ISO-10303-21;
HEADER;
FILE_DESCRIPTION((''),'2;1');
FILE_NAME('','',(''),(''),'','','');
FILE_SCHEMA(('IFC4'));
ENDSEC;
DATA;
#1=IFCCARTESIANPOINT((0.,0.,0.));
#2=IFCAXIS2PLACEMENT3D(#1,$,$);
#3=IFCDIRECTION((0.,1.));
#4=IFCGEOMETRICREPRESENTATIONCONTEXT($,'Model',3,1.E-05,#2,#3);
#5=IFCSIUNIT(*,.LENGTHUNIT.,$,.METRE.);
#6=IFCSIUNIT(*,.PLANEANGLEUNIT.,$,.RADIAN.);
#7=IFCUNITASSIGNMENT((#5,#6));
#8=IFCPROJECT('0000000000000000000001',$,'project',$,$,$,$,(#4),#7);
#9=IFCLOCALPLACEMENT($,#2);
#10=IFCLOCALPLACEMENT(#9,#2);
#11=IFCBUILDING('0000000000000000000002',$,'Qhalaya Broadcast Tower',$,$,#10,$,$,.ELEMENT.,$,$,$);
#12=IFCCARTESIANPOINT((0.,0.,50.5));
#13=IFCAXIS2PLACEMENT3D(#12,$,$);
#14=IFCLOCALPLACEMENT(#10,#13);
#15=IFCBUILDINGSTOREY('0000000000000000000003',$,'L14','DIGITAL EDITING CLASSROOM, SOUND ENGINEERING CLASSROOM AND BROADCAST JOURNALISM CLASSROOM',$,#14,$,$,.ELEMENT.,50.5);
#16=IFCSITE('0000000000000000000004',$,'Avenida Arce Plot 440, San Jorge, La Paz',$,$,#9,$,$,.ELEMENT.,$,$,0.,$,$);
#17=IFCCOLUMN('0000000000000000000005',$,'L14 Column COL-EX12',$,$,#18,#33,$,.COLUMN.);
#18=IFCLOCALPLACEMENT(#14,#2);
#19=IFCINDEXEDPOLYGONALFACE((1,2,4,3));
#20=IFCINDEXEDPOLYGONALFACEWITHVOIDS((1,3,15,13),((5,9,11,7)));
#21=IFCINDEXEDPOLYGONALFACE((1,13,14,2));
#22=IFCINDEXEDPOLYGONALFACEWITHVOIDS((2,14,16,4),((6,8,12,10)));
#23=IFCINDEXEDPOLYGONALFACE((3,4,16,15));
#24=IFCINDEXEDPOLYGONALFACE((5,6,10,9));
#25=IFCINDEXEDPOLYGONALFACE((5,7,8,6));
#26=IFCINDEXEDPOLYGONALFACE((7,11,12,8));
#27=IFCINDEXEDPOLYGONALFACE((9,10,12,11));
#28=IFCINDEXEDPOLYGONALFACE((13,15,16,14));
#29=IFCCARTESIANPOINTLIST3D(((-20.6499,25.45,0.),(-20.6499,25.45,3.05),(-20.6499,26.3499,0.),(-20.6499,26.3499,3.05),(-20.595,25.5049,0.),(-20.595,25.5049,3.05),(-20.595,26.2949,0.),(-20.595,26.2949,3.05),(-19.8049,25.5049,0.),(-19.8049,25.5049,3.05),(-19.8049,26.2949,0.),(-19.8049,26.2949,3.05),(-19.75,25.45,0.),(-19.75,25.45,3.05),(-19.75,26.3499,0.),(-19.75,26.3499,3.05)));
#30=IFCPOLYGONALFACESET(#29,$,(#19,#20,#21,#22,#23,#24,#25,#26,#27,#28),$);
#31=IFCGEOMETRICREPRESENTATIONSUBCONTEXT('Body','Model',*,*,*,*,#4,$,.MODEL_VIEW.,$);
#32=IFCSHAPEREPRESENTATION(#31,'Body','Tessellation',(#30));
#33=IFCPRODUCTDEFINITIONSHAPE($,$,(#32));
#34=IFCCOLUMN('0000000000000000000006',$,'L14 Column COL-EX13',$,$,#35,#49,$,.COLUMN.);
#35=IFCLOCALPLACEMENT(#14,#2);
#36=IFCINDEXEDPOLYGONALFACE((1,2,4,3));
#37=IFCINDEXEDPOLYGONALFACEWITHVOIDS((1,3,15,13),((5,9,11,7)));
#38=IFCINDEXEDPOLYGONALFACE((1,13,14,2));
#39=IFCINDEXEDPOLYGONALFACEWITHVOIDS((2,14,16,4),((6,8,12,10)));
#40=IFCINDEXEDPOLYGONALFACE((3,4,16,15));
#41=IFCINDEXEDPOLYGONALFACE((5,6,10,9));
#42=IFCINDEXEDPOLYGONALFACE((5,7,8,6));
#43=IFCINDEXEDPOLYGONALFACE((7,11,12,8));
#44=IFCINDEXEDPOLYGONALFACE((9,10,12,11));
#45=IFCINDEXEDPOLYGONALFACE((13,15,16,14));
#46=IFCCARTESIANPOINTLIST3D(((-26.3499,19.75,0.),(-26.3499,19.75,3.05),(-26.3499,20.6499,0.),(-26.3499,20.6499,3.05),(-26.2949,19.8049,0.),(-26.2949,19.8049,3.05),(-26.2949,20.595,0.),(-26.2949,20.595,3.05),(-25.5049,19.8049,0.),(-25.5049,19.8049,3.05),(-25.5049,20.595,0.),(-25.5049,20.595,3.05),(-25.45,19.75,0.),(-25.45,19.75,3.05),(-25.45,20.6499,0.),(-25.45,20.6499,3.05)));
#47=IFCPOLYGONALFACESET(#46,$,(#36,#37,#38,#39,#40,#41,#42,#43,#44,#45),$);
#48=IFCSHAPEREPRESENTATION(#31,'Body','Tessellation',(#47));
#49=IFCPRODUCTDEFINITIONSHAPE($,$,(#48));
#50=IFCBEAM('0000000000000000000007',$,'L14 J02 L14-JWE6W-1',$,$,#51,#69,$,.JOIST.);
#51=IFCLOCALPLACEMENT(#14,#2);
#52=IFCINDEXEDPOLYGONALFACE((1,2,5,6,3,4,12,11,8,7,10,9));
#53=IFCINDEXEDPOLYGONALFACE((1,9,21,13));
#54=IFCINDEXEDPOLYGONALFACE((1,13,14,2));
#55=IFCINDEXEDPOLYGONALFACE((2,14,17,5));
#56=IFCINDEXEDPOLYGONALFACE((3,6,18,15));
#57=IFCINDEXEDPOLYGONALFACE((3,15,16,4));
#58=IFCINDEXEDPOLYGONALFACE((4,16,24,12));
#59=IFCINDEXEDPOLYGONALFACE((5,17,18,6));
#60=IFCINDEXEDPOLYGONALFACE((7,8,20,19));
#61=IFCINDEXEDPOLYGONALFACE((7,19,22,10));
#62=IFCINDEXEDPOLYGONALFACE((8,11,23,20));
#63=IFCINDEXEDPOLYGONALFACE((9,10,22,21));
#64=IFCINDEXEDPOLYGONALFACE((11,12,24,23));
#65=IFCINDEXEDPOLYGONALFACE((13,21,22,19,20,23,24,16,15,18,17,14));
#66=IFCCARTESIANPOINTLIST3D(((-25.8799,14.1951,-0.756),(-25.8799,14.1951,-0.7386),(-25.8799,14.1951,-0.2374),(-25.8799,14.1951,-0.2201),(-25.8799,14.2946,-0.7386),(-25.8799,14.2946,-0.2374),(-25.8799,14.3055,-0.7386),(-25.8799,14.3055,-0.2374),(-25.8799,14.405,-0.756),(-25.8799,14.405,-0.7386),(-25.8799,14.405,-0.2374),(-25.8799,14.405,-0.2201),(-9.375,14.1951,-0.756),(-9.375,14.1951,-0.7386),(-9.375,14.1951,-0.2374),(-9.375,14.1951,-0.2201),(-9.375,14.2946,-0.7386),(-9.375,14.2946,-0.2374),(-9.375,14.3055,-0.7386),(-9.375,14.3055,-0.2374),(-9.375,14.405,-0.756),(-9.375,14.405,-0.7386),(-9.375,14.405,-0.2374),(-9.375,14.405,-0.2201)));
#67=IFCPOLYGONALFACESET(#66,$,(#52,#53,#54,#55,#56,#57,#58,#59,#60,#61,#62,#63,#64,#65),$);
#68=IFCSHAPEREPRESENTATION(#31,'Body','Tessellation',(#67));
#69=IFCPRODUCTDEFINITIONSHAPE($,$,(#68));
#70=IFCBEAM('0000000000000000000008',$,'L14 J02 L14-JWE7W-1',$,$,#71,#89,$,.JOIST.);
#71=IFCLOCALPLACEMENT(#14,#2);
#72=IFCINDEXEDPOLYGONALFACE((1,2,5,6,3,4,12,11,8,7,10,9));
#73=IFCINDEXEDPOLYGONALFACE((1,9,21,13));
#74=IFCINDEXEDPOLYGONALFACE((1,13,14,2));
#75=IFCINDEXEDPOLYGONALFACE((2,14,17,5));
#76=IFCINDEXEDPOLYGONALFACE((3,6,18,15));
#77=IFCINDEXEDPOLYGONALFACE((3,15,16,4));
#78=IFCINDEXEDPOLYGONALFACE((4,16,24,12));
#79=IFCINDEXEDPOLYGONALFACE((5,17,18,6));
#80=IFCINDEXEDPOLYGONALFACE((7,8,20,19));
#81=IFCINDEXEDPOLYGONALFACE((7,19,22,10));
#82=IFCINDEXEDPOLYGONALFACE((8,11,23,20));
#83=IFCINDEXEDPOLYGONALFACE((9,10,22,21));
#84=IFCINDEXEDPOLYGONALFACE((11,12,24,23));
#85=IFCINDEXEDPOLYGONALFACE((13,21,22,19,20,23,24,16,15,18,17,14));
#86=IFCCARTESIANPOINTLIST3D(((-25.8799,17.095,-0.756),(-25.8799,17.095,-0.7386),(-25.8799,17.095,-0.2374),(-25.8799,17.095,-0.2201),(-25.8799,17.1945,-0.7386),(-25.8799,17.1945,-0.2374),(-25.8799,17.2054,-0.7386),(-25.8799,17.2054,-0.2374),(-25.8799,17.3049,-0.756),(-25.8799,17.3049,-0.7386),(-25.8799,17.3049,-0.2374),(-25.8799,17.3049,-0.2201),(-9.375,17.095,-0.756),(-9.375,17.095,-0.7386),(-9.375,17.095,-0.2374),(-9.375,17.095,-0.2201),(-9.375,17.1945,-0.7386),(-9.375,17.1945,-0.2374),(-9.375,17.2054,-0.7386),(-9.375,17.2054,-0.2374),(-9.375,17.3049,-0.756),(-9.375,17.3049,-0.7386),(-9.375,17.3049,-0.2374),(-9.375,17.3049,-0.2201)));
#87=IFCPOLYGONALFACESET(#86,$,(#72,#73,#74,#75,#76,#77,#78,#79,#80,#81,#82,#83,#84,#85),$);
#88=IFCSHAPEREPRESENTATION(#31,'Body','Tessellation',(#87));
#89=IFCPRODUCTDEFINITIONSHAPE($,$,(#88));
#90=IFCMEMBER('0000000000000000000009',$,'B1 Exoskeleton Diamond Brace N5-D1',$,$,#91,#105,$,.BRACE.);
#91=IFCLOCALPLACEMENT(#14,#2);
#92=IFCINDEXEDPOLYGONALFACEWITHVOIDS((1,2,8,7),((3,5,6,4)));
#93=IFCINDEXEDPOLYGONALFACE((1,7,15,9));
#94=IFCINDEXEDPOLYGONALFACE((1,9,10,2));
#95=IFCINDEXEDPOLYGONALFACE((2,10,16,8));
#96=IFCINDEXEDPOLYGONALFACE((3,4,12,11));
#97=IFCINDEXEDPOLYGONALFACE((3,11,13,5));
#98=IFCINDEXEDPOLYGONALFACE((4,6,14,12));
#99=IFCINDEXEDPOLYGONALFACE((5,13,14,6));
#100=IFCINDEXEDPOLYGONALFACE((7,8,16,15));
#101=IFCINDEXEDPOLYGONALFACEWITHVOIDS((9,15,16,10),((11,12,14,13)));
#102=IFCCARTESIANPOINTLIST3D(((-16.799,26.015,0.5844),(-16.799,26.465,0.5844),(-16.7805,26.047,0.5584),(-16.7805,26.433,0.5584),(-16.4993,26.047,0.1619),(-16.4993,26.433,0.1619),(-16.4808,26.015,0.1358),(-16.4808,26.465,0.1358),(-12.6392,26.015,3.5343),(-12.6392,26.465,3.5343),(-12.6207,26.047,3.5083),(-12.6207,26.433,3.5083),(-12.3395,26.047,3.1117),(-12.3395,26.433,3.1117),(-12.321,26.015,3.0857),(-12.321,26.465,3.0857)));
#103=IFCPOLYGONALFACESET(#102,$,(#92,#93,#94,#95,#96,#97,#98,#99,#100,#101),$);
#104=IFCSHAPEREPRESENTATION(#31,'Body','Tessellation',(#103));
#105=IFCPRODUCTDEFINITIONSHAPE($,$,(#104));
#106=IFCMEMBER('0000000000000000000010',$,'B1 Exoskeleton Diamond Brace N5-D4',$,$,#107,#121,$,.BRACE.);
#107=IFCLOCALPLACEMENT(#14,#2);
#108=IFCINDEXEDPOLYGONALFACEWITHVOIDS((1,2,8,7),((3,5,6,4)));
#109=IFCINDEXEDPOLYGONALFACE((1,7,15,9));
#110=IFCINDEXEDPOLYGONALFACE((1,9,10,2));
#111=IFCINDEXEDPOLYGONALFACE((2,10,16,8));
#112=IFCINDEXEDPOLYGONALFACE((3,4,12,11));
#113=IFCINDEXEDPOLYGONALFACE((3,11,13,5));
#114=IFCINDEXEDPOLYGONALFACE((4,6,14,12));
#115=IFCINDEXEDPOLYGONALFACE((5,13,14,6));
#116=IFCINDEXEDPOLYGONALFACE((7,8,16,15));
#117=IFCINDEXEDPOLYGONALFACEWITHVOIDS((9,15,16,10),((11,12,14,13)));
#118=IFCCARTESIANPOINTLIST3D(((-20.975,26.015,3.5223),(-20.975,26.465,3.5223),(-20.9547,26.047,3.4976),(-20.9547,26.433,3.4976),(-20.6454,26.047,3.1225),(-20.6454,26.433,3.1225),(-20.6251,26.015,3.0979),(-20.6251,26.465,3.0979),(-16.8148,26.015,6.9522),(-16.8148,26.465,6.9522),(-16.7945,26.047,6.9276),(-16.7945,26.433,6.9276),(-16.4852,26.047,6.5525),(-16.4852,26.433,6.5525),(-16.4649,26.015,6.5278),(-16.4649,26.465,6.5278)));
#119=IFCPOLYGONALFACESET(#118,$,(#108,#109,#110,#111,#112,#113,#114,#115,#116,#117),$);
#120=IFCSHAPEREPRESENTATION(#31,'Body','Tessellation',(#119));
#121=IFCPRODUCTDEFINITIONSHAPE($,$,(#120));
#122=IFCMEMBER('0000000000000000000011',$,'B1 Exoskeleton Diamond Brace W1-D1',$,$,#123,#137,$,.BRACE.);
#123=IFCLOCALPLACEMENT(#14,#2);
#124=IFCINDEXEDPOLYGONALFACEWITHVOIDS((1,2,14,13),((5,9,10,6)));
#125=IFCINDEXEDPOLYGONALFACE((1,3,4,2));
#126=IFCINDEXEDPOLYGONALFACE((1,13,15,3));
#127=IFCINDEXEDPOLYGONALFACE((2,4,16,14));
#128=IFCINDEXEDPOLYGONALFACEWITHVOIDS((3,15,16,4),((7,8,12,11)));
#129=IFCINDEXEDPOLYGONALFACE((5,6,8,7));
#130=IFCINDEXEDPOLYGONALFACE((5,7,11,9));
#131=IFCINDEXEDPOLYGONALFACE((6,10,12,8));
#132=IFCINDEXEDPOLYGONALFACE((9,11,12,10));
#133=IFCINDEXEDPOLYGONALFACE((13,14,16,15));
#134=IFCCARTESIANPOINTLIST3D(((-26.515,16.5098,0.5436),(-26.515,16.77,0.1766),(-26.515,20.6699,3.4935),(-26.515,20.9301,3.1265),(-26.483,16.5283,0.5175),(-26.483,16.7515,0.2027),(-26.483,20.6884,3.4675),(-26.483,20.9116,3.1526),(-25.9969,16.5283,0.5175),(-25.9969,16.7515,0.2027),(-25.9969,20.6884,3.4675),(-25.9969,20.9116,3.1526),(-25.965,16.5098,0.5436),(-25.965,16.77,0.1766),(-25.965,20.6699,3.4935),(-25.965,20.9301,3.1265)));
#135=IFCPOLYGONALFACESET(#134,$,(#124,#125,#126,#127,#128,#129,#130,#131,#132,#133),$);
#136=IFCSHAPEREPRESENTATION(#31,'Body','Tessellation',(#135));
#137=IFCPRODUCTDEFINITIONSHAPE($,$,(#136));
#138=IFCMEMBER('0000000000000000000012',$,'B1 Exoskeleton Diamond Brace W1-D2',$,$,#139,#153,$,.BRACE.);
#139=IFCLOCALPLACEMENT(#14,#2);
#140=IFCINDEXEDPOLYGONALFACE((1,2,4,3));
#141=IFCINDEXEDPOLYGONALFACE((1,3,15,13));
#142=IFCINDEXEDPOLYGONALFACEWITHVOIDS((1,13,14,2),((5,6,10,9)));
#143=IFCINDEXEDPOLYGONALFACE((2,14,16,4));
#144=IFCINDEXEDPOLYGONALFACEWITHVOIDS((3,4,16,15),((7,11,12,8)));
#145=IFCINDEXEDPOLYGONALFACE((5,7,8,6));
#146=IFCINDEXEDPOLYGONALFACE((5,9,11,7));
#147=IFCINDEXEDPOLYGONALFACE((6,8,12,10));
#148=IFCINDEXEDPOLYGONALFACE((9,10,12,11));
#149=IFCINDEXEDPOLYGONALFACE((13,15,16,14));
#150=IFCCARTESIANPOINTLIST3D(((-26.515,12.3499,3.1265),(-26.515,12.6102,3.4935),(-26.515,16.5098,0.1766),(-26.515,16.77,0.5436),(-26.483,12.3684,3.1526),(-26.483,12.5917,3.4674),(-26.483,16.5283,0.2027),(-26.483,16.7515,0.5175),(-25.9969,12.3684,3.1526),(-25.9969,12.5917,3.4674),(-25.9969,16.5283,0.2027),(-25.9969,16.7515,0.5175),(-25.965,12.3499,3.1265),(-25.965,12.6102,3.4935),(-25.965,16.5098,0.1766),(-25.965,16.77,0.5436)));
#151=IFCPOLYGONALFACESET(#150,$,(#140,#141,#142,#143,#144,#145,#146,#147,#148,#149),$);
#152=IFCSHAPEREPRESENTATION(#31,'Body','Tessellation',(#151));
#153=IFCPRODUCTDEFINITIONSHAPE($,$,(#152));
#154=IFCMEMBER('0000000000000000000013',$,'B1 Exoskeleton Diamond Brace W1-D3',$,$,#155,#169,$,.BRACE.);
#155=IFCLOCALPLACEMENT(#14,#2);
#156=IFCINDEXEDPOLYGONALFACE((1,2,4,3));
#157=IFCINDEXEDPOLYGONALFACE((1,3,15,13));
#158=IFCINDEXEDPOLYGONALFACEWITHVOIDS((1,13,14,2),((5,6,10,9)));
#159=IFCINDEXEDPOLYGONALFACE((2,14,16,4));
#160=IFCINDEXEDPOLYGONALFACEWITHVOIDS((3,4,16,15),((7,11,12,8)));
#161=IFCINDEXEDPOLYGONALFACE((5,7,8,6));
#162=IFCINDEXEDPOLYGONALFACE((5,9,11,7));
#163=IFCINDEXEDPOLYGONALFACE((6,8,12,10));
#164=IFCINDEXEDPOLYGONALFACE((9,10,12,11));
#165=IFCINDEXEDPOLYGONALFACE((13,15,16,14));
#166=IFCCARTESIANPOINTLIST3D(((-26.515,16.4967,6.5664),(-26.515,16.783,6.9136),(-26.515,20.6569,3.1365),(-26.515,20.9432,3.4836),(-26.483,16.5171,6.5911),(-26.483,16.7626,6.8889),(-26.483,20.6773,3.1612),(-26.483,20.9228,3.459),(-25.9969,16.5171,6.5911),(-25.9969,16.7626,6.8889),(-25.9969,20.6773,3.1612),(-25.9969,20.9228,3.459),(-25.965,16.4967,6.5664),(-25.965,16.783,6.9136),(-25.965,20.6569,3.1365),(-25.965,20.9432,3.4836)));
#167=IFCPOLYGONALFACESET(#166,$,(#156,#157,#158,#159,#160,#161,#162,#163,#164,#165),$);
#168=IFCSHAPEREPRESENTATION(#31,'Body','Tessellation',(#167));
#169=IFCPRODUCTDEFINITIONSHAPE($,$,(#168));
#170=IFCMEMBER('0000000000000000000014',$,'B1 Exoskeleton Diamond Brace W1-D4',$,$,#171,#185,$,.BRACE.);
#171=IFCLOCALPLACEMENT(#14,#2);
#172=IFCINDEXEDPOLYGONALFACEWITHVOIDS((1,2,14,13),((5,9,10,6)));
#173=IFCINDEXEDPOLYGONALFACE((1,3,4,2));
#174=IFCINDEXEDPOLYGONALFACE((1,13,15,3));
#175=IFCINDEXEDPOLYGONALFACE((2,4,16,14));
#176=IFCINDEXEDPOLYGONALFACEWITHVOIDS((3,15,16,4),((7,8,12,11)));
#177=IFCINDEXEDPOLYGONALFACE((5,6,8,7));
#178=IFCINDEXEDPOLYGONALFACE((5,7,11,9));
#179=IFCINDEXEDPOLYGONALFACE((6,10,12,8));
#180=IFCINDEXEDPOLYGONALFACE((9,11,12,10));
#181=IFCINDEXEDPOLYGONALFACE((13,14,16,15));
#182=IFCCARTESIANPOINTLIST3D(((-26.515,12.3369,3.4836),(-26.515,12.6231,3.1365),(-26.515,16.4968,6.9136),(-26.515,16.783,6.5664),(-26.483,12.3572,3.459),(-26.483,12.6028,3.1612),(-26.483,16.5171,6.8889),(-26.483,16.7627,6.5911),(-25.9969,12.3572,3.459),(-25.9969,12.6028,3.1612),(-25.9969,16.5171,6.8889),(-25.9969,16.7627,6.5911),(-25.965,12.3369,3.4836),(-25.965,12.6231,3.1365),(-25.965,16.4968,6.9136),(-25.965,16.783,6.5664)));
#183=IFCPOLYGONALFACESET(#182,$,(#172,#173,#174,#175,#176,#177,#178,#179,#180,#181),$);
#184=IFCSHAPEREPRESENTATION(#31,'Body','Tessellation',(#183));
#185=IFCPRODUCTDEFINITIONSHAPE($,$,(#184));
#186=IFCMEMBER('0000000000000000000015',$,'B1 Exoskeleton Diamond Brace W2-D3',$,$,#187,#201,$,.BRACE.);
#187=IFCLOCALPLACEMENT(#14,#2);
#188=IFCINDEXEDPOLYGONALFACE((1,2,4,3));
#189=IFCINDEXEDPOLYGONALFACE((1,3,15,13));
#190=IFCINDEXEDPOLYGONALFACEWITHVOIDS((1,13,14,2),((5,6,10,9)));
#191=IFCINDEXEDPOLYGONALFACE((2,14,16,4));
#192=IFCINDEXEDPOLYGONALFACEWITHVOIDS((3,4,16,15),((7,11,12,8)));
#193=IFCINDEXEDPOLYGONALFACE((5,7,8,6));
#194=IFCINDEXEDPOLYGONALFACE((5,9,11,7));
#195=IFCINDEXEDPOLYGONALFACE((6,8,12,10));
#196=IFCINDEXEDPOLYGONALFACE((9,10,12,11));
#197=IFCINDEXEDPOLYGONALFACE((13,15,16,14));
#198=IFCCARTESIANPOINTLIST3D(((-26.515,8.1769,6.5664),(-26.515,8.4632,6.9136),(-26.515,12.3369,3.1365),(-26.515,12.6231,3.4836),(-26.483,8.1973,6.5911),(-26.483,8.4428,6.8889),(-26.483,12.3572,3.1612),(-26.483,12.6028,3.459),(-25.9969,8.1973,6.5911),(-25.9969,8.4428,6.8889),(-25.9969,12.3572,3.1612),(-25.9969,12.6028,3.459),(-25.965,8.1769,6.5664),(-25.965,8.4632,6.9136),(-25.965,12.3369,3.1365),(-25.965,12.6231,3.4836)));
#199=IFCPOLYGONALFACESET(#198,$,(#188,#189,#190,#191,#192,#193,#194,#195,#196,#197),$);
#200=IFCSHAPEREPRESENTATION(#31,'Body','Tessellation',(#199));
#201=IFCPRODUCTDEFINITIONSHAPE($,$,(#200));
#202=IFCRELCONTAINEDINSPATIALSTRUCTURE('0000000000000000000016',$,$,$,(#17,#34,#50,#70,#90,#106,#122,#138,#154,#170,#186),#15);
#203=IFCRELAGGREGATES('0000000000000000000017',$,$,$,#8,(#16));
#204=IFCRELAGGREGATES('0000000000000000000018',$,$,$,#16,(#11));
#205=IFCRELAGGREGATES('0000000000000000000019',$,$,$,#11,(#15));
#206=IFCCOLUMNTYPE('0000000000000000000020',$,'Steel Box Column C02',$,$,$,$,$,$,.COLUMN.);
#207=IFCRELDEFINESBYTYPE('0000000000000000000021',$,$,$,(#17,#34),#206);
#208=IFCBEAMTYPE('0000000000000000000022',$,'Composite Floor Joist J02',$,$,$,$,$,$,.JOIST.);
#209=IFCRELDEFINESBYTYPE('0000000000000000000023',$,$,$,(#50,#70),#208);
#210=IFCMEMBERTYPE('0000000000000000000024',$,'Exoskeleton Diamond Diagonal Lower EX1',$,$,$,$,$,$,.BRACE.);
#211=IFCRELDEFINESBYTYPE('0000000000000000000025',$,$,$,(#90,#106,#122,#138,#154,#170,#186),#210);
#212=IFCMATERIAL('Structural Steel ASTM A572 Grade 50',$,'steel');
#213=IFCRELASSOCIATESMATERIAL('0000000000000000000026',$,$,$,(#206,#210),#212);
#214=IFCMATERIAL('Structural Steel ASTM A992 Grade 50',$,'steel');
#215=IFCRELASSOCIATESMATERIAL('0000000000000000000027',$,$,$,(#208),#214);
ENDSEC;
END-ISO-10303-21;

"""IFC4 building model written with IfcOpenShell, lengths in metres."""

from ifc_helpers import new_model, si_unit, direction, frame, origin, origin_2d, place, context, subcontext, project, spatial, hollow_rectangle, i_section, extrude, material, material_profile, profile_set, type_object, element, save


model = new_model("IFC4")

# Units and contexts
model_context = context("Model", 3, precision=1e-05, world=origin(), true_north=direction((0.0, 1.0)))
body_context = subcontext(model_context, "Body", "Model", "MODEL_VIEW")
ifc_project = project(units=[si_unit("LENGTHUNIT", "METRE"), si_unit("PLANEANGLEUNIT", "RADIAN")], contexts=[model_context])

# Site, building, storey
site_placement = place(None, origin())
site = spatial("IfcSite", under=ifc_project, at=site_placement, Name="Avenida Arce Plot 440, San Jorge, La Paz", CompositionType="ELEMENT", RefElevation=0.0)
building_placement = place(site_placement, origin())
building = spatial("IfcBuilding", under=site, at=building_placement, Name="Qhalaya Broadcast Tower", CompositionType="ELEMENT")
storey_placement = place(building_placement, frame((0.0, 0.0, 50.5)))
storey = spatial("IfcBuildingStorey", under=building, at=storey_placement, Name="L14", Description="DIGITAL EDITING CLASSROOM, SOUND ENGINEERING CLASSROOM AND BROADCAST JOURNALISM CLASSROOM", CompositionType="ELEMENT", Elevation=50.5)

# Columns
ifc_material_1 = material(Name="Structural Steel ASTM A572 Grade 50", Category="steel")
ifc_material_profile_1 = material_profile(ifc_material_1, hollow_rectangle(XDim=0.8999, YDim=0.8999, WallThickness=0.0549, at=origin_2d()), Name="BOX 900x900x55")
ifc_profile_set_1 = profile_set([ifc_material_profile_1], Name="Structural Steel ASTM A572 Grade 50")
column_type = type_object("IfcColumnType", Name="Steel Box Column C02", PredefinedType="COLUMN", material=ifc_profile_set_1)
for number, where, z_axis, x_axis, name in (
    (1, (-20.2, 25.8999, 0.0), (0.0, 0.0, 1.0), (1.0, 0.0, 0.0), "L14 Column COL-EX12"),
    (2, (-25.8999, 20.2, 0.0), (0.0, 0.0, 1.0), (0.0, 1.0, 0.0), "L14 Column COL-EX13"),
):
    element("IfcColumn", number, at=place(storey_placement, frame(where, z_axis=z_axis, x_axis=x_axis)), inside=storey, type_object=column_type, Name=name, PredefinedType="COLUMN", context=body_context, shape_type="SweptSolid", body=[
        extrude(hollow_rectangle(XDim=0.8999, YDim=0.8999, WallThickness=0.0549, at=origin_2d()), origin(), (0.0, 0.0, 1.0), 3.05),
    ])

# Beams
ifc_material_2 = material(Name="Structural Steel ASTM A992 Grade 50", Category="steel")
ifc_material_profile_2 = material_profile(ifc_material_2, i_section(OverallWidth=0.21, OverallDepth=0.5359, WebThickness=0.011, FlangeThickness=0.0173, at=origin_2d()), Name="W21X68")
ifc_profile_set_2 = profile_set([ifc_material_profile_2], Name="Structural Steel ASTM A992 Grade 50")
beam_type_1 = type_object("IfcBeamType", Name="Composite Floor Joist J02", PredefinedType="JOIST", material=ifc_profile_set_2)
for number, where, z_axis, x_axis, name in (
    (3, (-25.8799, 14.3, -0.488), (1.0, 0.0, 0.0), (0.0, 1.0, 0.0), "L14 J02 L14-JWE6W-1"),
    (4, (-25.8799, 17.2, -0.488), (1.0, 0.0, 0.0), (0.0, 1.0, 0.0), "L14 J02 L14-JWE7W-1"),
):
    element("IfcBeam", number, at=place(storey_placement, frame(where, z_axis=z_axis, x_axis=x_axis)), inside=storey, type_object=beam_type_1, Name=name, PredefinedType="JOIST", context=body_context, shape_type="SweptSolid", body=[
        extrude(i_section(OverallWidth=0.21, OverallDepth=0.5359, WebThickness=0.011, FlangeThickness=0.0173, at=origin_2d()), origin(), (0.0, 0.0, 1.0), 16.5049),
    ])

# Members
ifc_material_profile_3 = material_profile(ifc_material_1, hollow_rectangle(XDim=0.45, YDim=0.55, WallThickness=0.032, at=origin_2d()), Name="BOX 450x550x32")
ifc_profile_set_3 = profile_set([ifc_material_profile_3], Name="Structural Steel ASTM A572 Grade 50")
member_type = type_object("IfcMemberType", Name="Exoskeleton Diamond Diagonal Lower EX1", PredefinedType="BRACE", material=ifc_profile_set_3)
member_1_placement = place(storey_placement, frame((-16.6399, 26.24, 0.3601), z_axis=(0.815715, 0.0, 0.578454), x_axis=(0.0, 1.0, 0.0)))
element("IfcMember", 5, at=member_1_placement, inside=storey, type_object=member_type, Name="B1 Exoskeleton Diamond Brace N5-D1", PredefinedType="BRACE", context=body_context, shape_type="SweptSolid", body=[
    extrude(hollow_rectangle(XDim=0.45, YDim=0.55, WallThickness=0.032, at=origin_2d()), origin(), (0.0, 0.0, 1.0), 5.0996),
])
member_2_placement = place(storey_placement, frame((-20.8, 26.24, 3.3101), z_axis=(0.771573, 0.0, 0.63614), x_axis=(0.0, 1.0, 0.0)))
element("IfcMember", 6, at=member_2_placement, inside=storey, type_object=member_type, Name="B1 Exoskeleton Diamond Brace N5-D4", PredefinedType="BRACE", context=body_context, shape_type="SweptSolid", body=[
    extrude(hollow_rectangle(XDim=0.45, YDim=0.55, WallThickness=0.032, at=origin_2d()), origin(), (0.0, 0.0, 1.0), 5.3918),
])
member_3_placement = place(storey_placement, frame((-26.24, 16.6399, 0.3601), z_axis=(0.0, 0.815731, 0.578432), x_axis=(0.0, -0.578432, 0.815731)))
element("IfcMember", 7, at=member_3_placement, inside=storey, type_object=member_type, Name="B1 Exoskeleton Diamond Brace W1-D1", PredefinedType="BRACE", context=body_context, shape_type="SweptSolid", body=[
    extrude(hollow_rectangle(XDim=0.45, YDim=0.55, WallThickness=0.032, at=origin_2d()), origin(), (0.0, 0.0, 1.0), 5.0999),
])
member_4_placement = place(storey_placement, frame((-26.24, 16.6399, 0.3601), z_axis=(0.0, -0.815715, 0.578454), x_axis=(0.0, 0.578454, 0.815715)))
element("IfcMember", 8, at=member_4_placement, inside=storey, type_object=member_type, Name="B1 Exoskeleton Diamond Brace W1-D2", PredefinedType="BRACE", context=body_context, shape_type="SweptSolid", body=[
    extrude(hollow_rectangle(XDim=0.45, YDim=0.55, WallThickness=0.032, at=origin_2d()), origin(), (0.0, 0.0, 1.0), 5.0996),
])
member_5_placement = place(storey_placement, frame((-26.24, 20.8, 3.3101), z_axis=(0.0, -0.771573, 0.63614), x_axis=(0.0, 0.63614, 0.771573)))
element("IfcMember", 9, at=member_5_placement, inside=storey, type_object=member_type, Name="B1 Exoskeleton Diamond Brace W1-D3", PredefinedType="BRACE", context=body_context, shape_type="SweptSolid", body=[
    extrude(hollow_rectangle(XDim=0.45, YDim=0.55, WallThickness=0.032, at=origin_2d()), origin(), (0.0, 0.0, 1.0), 5.3918),
])
for number, where, z_axis, x_axis, name in (
    (10, (-26.24, 12.48, 3.3101), (0.0, 0.771555, 0.636163), (0.0, -0.636163, 0.771555), "B1 Exoskeleton Diamond Brace W1-D4"),
    (11, (-26.24, 12.48, 3.3101), (0.0, -0.771555, 0.636163), (0.0, 0.636163, 0.771555), "B1 Exoskeleton Diamond Brace W2-D3"),
):
    element("IfcMember", number, at=place(storey_placement, frame(where, z_axis=z_axis, x_axis=x_axis)), inside=storey, type_object=member_type, Name=name, PredefinedType="BRACE", context=body_context, shape_type="SweptSolid", body=[
        extrude(hollow_rectangle(XDim=0.45, YDim=0.55, WallThickness=0.032, at=origin_2d()), origin(), (0.0, 0.0, 1.0), 5.3916),
    ])

save(model, "model.ifc")
